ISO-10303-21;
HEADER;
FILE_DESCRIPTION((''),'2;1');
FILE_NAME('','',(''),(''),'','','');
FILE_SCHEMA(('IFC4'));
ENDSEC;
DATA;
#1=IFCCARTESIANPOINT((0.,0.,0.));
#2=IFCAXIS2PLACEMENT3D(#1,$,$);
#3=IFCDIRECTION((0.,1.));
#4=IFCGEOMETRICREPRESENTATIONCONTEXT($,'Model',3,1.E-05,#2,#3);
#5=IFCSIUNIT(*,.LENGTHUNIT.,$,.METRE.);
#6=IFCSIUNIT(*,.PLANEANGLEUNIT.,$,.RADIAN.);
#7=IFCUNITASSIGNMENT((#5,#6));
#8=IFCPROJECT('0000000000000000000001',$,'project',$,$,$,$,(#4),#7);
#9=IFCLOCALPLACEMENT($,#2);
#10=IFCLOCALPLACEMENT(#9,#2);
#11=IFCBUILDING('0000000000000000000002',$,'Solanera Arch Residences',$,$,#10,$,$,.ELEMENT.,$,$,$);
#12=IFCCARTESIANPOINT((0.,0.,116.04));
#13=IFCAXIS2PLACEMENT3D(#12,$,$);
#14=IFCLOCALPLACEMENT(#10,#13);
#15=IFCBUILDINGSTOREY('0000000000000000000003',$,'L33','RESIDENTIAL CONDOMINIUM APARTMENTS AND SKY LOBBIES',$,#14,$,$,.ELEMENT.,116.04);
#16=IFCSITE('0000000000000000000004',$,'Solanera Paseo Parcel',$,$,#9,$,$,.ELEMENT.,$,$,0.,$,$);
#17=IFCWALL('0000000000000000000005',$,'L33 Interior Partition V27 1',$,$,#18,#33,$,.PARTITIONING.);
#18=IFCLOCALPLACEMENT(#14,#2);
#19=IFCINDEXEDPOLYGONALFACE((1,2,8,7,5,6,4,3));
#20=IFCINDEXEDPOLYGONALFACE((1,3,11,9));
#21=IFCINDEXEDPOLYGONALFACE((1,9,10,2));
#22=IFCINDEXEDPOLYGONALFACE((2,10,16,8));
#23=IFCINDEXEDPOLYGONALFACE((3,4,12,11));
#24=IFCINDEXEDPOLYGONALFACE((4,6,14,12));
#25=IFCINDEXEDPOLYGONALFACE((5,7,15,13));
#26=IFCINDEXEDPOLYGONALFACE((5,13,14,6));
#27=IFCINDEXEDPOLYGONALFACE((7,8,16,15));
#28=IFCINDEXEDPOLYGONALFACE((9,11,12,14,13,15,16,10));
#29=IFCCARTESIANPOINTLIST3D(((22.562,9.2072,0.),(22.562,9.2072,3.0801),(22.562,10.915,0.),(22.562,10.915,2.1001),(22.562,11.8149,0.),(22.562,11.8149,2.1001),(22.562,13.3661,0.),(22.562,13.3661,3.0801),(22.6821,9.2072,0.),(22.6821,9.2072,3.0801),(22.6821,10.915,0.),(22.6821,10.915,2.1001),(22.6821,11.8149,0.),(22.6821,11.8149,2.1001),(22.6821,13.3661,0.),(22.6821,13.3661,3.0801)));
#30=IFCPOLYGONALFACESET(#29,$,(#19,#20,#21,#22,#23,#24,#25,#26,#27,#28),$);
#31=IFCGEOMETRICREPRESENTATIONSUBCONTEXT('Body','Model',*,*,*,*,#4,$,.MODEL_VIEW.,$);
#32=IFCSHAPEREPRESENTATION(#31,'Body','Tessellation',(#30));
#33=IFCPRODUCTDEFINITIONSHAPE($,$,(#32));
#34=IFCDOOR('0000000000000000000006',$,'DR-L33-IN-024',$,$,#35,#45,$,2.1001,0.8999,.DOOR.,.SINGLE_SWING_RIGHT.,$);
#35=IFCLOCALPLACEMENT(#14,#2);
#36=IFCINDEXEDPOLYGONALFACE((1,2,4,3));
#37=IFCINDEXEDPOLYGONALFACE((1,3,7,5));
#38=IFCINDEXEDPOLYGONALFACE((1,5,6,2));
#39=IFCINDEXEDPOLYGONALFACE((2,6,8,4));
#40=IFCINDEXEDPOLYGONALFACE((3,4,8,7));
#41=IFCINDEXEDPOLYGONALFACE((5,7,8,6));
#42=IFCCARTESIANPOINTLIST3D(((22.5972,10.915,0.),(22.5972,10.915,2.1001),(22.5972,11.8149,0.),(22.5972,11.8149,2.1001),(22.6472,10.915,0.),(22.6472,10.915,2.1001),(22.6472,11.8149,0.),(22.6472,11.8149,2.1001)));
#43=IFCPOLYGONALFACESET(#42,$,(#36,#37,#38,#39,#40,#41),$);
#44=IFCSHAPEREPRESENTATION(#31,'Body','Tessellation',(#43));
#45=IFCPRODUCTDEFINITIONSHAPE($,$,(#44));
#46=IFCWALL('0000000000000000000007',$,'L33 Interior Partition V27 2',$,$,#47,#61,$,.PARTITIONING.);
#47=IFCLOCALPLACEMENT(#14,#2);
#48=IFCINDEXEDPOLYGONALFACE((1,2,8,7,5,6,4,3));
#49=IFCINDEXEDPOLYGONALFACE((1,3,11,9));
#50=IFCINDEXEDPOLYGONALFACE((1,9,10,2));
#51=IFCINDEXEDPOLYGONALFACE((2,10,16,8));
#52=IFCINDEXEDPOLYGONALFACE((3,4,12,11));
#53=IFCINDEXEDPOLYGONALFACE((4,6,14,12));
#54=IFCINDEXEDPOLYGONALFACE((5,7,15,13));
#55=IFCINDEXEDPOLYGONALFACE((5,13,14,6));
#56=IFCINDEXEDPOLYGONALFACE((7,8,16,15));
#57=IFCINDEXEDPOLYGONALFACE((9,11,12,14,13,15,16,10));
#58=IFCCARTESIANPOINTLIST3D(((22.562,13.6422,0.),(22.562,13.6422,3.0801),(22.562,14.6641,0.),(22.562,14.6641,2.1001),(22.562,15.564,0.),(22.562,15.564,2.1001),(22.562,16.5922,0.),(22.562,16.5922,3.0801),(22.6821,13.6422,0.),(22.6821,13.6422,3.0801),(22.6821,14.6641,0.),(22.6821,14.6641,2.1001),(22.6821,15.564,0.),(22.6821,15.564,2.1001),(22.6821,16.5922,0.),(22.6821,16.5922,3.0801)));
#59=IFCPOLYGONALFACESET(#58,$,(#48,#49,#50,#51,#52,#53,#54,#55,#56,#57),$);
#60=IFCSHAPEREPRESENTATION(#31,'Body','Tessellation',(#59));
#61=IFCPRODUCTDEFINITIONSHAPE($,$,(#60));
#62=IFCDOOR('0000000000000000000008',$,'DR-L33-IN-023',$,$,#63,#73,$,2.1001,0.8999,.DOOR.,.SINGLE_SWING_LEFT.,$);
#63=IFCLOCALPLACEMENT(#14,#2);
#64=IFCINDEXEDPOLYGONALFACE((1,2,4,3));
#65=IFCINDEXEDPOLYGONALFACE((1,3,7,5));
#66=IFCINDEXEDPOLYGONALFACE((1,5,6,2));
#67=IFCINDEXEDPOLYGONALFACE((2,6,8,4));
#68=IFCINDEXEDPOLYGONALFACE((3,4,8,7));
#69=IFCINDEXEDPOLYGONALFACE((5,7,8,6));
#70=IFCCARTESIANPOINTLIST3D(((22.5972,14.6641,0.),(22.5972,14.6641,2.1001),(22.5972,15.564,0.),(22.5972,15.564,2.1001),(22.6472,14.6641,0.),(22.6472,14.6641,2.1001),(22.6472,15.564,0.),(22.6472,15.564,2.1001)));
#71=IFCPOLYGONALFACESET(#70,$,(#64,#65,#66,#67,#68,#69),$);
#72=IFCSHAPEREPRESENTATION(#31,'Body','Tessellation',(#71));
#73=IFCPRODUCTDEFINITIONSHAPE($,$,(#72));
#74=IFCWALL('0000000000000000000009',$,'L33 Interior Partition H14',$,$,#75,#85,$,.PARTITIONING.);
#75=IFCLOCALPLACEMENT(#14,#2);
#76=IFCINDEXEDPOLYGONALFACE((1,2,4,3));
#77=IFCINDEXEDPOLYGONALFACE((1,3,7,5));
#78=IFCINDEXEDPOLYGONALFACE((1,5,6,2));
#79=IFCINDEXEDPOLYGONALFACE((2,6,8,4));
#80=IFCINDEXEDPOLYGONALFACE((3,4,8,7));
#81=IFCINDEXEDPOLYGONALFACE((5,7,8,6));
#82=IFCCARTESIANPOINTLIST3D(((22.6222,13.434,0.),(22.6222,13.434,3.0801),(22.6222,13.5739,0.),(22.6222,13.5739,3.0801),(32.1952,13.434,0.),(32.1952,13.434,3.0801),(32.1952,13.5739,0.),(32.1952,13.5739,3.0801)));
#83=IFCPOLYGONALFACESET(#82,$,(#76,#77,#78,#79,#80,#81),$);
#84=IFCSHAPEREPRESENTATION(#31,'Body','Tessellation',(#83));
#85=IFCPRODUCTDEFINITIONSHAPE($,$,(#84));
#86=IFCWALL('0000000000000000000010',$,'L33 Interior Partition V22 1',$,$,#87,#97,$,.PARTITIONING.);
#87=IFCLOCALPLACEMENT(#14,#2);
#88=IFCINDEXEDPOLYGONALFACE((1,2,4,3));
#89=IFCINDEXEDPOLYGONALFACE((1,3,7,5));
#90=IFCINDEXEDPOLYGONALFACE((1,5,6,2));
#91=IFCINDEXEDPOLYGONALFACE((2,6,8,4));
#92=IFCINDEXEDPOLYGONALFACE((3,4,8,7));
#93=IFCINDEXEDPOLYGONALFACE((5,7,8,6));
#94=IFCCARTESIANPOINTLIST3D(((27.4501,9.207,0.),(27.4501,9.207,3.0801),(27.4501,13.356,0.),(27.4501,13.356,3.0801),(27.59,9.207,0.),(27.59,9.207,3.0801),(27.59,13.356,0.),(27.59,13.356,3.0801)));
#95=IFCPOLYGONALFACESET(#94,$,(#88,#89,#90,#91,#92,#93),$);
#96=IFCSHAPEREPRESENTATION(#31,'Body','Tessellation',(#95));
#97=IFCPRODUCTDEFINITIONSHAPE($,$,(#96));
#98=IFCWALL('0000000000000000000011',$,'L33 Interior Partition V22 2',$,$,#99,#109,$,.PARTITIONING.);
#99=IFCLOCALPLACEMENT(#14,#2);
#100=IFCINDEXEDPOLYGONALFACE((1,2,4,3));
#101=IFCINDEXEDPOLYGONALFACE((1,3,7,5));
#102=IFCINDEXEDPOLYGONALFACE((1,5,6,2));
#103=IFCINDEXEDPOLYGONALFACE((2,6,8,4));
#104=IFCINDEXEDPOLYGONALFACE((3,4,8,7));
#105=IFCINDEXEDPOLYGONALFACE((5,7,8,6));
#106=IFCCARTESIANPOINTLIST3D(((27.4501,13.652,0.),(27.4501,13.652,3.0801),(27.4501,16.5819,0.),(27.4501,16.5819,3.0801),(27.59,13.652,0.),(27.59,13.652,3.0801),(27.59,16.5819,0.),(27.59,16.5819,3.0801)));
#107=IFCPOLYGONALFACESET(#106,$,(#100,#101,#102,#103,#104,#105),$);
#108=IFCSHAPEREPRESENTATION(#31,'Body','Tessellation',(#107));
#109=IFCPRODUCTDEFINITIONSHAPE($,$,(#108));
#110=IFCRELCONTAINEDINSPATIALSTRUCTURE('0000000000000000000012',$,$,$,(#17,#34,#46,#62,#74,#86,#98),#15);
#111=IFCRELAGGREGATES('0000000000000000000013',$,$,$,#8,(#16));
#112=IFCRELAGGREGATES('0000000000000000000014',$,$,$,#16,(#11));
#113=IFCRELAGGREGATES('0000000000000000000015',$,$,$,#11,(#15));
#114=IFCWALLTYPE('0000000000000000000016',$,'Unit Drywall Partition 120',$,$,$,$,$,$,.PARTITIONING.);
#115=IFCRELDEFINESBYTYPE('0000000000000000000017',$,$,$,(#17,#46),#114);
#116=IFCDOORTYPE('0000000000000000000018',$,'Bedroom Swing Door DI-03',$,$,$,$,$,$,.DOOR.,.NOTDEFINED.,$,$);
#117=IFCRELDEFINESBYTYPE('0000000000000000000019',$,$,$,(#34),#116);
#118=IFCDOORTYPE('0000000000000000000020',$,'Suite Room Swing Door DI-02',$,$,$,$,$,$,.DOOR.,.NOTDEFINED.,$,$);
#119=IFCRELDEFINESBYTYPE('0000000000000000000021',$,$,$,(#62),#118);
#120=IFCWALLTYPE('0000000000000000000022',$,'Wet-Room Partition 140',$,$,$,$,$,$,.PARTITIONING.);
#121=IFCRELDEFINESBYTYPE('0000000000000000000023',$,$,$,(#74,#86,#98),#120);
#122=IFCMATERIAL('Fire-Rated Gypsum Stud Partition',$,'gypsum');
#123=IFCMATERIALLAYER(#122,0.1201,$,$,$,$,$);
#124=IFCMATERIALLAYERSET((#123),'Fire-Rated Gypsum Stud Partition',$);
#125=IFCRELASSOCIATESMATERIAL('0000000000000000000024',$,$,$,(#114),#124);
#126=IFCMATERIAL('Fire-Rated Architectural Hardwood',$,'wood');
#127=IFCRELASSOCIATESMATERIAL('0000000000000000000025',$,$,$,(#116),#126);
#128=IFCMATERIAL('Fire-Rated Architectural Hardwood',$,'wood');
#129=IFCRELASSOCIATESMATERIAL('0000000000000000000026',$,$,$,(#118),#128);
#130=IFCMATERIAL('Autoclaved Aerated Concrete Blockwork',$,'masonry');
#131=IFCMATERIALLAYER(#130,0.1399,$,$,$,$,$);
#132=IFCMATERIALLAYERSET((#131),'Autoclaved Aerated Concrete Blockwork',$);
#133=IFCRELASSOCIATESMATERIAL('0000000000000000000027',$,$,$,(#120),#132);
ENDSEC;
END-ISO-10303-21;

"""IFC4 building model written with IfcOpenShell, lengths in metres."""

from ifc_helpers import new_model, si_unit, direction, frame, frame_2d, origin, place, context, subcontext, project, spatial, rectangle, extrude, material, layer, layer_set, type_object, element, fill, save


model = new_model("IFC4")

# Units and contexts
model_context = context("Model", 3, precision=1e-05, world=origin(), true_north=direction((0.0, 1.0)))
body_context = subcontext(model_context, "Body", "Model", "MODEL_VIEW")
ifc_project = project(units=[si_unit("LENGTHUNIT", "METRE"), si_unit("PLANEANGLEUNIT", "RADIAN")], contexts=[model_context])

# Site, building, storey
site_placement = place(None, origin())
site = spatial("IfcSite", under=ifc_project, at=site_placement, Name="Solanera Paseo Parcel", CompositionType="ELEMENT", RefElevation=0.0)
building_placement = place(site_placement, origin())
building = spatial("IfcBuilding", under=site, at=building_placement, Name="Solanera Arch Residences", CompositionType="ELEMENT")
storey_placement = place(building_placement, frame((0.0, 0.0, 116.04)))
storey = spatial("IfcBuildingStorey", under=building, at=storey_placement, Name="L33", Description="RESIDENTIAL CONDOMINIUM APARTMENTS AND SKY LOBBIES", CompositionType="ELEMENT", Elevation=116.04)

# Walls, openings, doors
ifc_material_1 = material(Name="Fire-Rated Gypsum Stud Partition", Category="gypsum")
ifc_layer_1 = layer(ifc_material_1, 0.1201)
ifc_layer_set_1 = layer_set([ifc_layer_1], Name="Fire-Rated Gypsum Stud Partition")
wall_type_1 = type_object("IfcWallType", Name="Unit Drywall Partition 120", PredefinedType="PARTITIONING", material=ifc_layer_set_1)
wall_1_placement = place(storey_placement, frame((22.6221, 9.207, 0.0), z_axis=(0.0, 0.0, 1.0), x_axis=(0.0, 1.0, 0.0)))
wall_1 = element("IfcWall", 1, at=wall_1_placement, inside=storey, type_object=wall_type_1, Name="L33 Interior Partition V27 1", PredefinedType="PARTITIONING", context=body_context, shape_type="SweptSolid", body=[
    extrude(rectangle(XDim=4.1589, YDim=0.1201, at=frame_2d((2.0796, 0.0))), origin(), (0.0, 0.0, 1.0), 3.0801),
])
opening_1_placement = place(wall_1_placement, frame((1.708, 0.0, 0.0)))
opening_1 = element("IfcOpeningElement", 2, at=opening_1_placement, cuts=wall_1, PredefinedType="OPENING", context=body_context, shape_type="SweptSolid", body=[
    extrude(rectangle(XDim=0.8999, YDim=2.1001, at=frame_2d((0.45, 1.05))), frame((0.0, 0.0701, 0.0), z_axis=(0.0, -1.0, 0.0), x_axis=(1.0, 0.0, 0.0)), (0.0, 0.0, 1.0), 0.1401),
])
ifc_material_2 = material(Name="Fire-Rated Architectural Hardwood", Category="wood")
door_type_1 = type_object("IfcDoorType", Name="Bedroom Swing Door DI-03", OperationType="NOTDEFINED", PredefinedType="DOOR", material=ifc_material_2)
door_1_placement = place(opening_1_placement, origin())
door_1 = element("IfcDoor", 3, at=door_1_placement, inside=storey, type_object=door_type_1, Name="DR-L33-IN-024", OperationType="SINGLE_SWING_RIGHT", OverallHeight=2.1001, OverallWidth=0.8999, PredefinedType="DOOR", context=body_context, shape_type="SweptSolid", body=[
    extrude(rectangle(XDim=0.8999, YDim=2.1001, at=frame_2d((0.45, 1.05))), frame((0.0, 0.0249, 0.0), z_axis=(0.0, -1.0, 0.0), x_axis=(1.0, 0.0, 0.0)), (0.0, 0.0, 1.0), 0.05),
])
fill(opening_1, door_1)
wall_2_placement = place(storey_placement, frame((22.6221, 13.6421, 0.0), z_axis=(0.0, 0.0, 1.0), x_axis=(0.0, 1.0, 0.0)))
wall_2 = element("IfcWall", 4, at=wall_2_placement, inside=storey, type_object=wall_type_1, Name="L33 Interior Partition V27 2", PredefinedType="PARTITIONING", context=body_context, shape_type="SweptSolid", body=[
    extrude(rectangle(XDim=2.95, YDim=0.1201, at=frame_2d((1.4751, 0.0))), origin(), (0.0, 0.0, 1.0), 3.0801),
])
opening_2_placement = place(wall_2_placement, frame((1.022, 0.0, 0.0)))
opening_2 = element("IfcOpeningElement", 5, at=opening_2_placement, cuts=wall_2, PredefinedType="OPENING", context=body_context, shape_type="SweptSolid", body=[
    extrude(rectangle(XDim=0.8999, YDim=2.1001, at=frame_2d((0.45, 1.05))), frame((0.0, 0.0701, 0.0), z_axis=(0.0, -1.0, 0.0), x_axis=(1.0, 0.0, 0.0)), (0.0, 0.0, 1.0), 0.1401),
])
ifc_material_3 = material(Name="Fire-Rated Architectural Hardwood", Category="wood")
door_type_2 = type_object("IfcDoorType", Name="Suite Room Swing Door DI-02", OperationType="NOTDEFINED", PredefinedType="DOOR", material=ifc_material_3)
door_2_placement = place(opening_2_placement, origin())
door_2 = element("IfcDoor", 6, at=door_2_placement, inside=storey, type_object=door_type_2, Name="DR-L33-IN-023", OperationType="SINGLE_SWING_LEFT", OverallHeight=2.1001, OverallWidth=0.8999, PredefinedType="DOOR", context=body_context, shape_type="SweptSolid", body=[
    extrude(rectangle(XDim=0.8999, YDim=2.1001, at=frame_2d((0.45, 1.05))), frame((0.0, 0.0249, 0.0), z_axis=(0.0, -1.0, 0.0), x_axis=(1.0, 0.0, 0.0)), (0.0, 0.0, 1.0), 0.05),
])
fill(opening_2, door_2)

# Walls
ifc_material_4 = material(Name="Autoclaved Aerated Concrete Blockwork", Category="masonry")
ifc_layer_2 = layer(ifc_material_4, 0.1399)
ifc_layer_set_2 = layer_set([ifc_layer_2], Name="Autoclaved Aerated Concrete Blockwork")
wall_type_2 = type_object("IfcWallType", Name="Wet-Room Partition 140", PredefinedType="PARTITIONING", material=ifc_layer_set_2)
wall_3_placement = place(storey_placement, frame((22.6221, 13.5039, 0.0), z_axis=(0.0, 0.0, 1.0), x_axis=(1.0, 0.0, 0.0)))
element("IfcWall", 7, at=wall_3_placement, inside=storey, type_object=wall_type_2, Name="L33 Interior Partition H14", PredefinedType="PARTITIONING", context=body_context, shape_type="SweptSolid", body=[
    extrude(rectangle(XDim=9.573, YDim=0.1399, at=frame_2d((4.7866, 0.0))), origin(), (0.0, 0.0, 1.0), 3.0801),
])
wall_4_placement = place(storey_placement, frame((27.52, 9.207, 0.0), z_axis=(0.0, 0.0, 1.0), x_axis=(0.0, 1.0, 0.0)))
element("IfcWall", 8, at=wall_4_placement, inside=storey, type_object=wall_type_2, Name="L33 Interior Partition V22 1", PredefinedType="PARTITIONING", context=body_context, shape_type="SweptSolid", body=[
    extrude(rectangle(XDim=4.1489, YDim=0.1399, at=frame_2d((2.0745, 0.0))), origin(), (0.0, 0.0, 1.0), 3.0801),
])
wall_5_placement = place(storey_placement, frame((27.52, 13.6521, 0.0), z_axis=(0.0, 0.0, 1.0), x_axis=(0.0, 1.0, 0.0)))
element("IfcWall", 9, at=wall_5_placement, inside=storey, type_object=wall_type_2, Name="L33 Interior Partition V22 2", PredefinedType="PARTITIONING", context=body_context, shape_type="SweptSolid", body=[
    extrude(rectangle(XDim=2.9299, YDim=0.1399, at=frame_2d((1.4648, 0.0))), origin(), (0.0, 0.0, 1.0), 3.0801),
])

save(model, "model.ifc")
